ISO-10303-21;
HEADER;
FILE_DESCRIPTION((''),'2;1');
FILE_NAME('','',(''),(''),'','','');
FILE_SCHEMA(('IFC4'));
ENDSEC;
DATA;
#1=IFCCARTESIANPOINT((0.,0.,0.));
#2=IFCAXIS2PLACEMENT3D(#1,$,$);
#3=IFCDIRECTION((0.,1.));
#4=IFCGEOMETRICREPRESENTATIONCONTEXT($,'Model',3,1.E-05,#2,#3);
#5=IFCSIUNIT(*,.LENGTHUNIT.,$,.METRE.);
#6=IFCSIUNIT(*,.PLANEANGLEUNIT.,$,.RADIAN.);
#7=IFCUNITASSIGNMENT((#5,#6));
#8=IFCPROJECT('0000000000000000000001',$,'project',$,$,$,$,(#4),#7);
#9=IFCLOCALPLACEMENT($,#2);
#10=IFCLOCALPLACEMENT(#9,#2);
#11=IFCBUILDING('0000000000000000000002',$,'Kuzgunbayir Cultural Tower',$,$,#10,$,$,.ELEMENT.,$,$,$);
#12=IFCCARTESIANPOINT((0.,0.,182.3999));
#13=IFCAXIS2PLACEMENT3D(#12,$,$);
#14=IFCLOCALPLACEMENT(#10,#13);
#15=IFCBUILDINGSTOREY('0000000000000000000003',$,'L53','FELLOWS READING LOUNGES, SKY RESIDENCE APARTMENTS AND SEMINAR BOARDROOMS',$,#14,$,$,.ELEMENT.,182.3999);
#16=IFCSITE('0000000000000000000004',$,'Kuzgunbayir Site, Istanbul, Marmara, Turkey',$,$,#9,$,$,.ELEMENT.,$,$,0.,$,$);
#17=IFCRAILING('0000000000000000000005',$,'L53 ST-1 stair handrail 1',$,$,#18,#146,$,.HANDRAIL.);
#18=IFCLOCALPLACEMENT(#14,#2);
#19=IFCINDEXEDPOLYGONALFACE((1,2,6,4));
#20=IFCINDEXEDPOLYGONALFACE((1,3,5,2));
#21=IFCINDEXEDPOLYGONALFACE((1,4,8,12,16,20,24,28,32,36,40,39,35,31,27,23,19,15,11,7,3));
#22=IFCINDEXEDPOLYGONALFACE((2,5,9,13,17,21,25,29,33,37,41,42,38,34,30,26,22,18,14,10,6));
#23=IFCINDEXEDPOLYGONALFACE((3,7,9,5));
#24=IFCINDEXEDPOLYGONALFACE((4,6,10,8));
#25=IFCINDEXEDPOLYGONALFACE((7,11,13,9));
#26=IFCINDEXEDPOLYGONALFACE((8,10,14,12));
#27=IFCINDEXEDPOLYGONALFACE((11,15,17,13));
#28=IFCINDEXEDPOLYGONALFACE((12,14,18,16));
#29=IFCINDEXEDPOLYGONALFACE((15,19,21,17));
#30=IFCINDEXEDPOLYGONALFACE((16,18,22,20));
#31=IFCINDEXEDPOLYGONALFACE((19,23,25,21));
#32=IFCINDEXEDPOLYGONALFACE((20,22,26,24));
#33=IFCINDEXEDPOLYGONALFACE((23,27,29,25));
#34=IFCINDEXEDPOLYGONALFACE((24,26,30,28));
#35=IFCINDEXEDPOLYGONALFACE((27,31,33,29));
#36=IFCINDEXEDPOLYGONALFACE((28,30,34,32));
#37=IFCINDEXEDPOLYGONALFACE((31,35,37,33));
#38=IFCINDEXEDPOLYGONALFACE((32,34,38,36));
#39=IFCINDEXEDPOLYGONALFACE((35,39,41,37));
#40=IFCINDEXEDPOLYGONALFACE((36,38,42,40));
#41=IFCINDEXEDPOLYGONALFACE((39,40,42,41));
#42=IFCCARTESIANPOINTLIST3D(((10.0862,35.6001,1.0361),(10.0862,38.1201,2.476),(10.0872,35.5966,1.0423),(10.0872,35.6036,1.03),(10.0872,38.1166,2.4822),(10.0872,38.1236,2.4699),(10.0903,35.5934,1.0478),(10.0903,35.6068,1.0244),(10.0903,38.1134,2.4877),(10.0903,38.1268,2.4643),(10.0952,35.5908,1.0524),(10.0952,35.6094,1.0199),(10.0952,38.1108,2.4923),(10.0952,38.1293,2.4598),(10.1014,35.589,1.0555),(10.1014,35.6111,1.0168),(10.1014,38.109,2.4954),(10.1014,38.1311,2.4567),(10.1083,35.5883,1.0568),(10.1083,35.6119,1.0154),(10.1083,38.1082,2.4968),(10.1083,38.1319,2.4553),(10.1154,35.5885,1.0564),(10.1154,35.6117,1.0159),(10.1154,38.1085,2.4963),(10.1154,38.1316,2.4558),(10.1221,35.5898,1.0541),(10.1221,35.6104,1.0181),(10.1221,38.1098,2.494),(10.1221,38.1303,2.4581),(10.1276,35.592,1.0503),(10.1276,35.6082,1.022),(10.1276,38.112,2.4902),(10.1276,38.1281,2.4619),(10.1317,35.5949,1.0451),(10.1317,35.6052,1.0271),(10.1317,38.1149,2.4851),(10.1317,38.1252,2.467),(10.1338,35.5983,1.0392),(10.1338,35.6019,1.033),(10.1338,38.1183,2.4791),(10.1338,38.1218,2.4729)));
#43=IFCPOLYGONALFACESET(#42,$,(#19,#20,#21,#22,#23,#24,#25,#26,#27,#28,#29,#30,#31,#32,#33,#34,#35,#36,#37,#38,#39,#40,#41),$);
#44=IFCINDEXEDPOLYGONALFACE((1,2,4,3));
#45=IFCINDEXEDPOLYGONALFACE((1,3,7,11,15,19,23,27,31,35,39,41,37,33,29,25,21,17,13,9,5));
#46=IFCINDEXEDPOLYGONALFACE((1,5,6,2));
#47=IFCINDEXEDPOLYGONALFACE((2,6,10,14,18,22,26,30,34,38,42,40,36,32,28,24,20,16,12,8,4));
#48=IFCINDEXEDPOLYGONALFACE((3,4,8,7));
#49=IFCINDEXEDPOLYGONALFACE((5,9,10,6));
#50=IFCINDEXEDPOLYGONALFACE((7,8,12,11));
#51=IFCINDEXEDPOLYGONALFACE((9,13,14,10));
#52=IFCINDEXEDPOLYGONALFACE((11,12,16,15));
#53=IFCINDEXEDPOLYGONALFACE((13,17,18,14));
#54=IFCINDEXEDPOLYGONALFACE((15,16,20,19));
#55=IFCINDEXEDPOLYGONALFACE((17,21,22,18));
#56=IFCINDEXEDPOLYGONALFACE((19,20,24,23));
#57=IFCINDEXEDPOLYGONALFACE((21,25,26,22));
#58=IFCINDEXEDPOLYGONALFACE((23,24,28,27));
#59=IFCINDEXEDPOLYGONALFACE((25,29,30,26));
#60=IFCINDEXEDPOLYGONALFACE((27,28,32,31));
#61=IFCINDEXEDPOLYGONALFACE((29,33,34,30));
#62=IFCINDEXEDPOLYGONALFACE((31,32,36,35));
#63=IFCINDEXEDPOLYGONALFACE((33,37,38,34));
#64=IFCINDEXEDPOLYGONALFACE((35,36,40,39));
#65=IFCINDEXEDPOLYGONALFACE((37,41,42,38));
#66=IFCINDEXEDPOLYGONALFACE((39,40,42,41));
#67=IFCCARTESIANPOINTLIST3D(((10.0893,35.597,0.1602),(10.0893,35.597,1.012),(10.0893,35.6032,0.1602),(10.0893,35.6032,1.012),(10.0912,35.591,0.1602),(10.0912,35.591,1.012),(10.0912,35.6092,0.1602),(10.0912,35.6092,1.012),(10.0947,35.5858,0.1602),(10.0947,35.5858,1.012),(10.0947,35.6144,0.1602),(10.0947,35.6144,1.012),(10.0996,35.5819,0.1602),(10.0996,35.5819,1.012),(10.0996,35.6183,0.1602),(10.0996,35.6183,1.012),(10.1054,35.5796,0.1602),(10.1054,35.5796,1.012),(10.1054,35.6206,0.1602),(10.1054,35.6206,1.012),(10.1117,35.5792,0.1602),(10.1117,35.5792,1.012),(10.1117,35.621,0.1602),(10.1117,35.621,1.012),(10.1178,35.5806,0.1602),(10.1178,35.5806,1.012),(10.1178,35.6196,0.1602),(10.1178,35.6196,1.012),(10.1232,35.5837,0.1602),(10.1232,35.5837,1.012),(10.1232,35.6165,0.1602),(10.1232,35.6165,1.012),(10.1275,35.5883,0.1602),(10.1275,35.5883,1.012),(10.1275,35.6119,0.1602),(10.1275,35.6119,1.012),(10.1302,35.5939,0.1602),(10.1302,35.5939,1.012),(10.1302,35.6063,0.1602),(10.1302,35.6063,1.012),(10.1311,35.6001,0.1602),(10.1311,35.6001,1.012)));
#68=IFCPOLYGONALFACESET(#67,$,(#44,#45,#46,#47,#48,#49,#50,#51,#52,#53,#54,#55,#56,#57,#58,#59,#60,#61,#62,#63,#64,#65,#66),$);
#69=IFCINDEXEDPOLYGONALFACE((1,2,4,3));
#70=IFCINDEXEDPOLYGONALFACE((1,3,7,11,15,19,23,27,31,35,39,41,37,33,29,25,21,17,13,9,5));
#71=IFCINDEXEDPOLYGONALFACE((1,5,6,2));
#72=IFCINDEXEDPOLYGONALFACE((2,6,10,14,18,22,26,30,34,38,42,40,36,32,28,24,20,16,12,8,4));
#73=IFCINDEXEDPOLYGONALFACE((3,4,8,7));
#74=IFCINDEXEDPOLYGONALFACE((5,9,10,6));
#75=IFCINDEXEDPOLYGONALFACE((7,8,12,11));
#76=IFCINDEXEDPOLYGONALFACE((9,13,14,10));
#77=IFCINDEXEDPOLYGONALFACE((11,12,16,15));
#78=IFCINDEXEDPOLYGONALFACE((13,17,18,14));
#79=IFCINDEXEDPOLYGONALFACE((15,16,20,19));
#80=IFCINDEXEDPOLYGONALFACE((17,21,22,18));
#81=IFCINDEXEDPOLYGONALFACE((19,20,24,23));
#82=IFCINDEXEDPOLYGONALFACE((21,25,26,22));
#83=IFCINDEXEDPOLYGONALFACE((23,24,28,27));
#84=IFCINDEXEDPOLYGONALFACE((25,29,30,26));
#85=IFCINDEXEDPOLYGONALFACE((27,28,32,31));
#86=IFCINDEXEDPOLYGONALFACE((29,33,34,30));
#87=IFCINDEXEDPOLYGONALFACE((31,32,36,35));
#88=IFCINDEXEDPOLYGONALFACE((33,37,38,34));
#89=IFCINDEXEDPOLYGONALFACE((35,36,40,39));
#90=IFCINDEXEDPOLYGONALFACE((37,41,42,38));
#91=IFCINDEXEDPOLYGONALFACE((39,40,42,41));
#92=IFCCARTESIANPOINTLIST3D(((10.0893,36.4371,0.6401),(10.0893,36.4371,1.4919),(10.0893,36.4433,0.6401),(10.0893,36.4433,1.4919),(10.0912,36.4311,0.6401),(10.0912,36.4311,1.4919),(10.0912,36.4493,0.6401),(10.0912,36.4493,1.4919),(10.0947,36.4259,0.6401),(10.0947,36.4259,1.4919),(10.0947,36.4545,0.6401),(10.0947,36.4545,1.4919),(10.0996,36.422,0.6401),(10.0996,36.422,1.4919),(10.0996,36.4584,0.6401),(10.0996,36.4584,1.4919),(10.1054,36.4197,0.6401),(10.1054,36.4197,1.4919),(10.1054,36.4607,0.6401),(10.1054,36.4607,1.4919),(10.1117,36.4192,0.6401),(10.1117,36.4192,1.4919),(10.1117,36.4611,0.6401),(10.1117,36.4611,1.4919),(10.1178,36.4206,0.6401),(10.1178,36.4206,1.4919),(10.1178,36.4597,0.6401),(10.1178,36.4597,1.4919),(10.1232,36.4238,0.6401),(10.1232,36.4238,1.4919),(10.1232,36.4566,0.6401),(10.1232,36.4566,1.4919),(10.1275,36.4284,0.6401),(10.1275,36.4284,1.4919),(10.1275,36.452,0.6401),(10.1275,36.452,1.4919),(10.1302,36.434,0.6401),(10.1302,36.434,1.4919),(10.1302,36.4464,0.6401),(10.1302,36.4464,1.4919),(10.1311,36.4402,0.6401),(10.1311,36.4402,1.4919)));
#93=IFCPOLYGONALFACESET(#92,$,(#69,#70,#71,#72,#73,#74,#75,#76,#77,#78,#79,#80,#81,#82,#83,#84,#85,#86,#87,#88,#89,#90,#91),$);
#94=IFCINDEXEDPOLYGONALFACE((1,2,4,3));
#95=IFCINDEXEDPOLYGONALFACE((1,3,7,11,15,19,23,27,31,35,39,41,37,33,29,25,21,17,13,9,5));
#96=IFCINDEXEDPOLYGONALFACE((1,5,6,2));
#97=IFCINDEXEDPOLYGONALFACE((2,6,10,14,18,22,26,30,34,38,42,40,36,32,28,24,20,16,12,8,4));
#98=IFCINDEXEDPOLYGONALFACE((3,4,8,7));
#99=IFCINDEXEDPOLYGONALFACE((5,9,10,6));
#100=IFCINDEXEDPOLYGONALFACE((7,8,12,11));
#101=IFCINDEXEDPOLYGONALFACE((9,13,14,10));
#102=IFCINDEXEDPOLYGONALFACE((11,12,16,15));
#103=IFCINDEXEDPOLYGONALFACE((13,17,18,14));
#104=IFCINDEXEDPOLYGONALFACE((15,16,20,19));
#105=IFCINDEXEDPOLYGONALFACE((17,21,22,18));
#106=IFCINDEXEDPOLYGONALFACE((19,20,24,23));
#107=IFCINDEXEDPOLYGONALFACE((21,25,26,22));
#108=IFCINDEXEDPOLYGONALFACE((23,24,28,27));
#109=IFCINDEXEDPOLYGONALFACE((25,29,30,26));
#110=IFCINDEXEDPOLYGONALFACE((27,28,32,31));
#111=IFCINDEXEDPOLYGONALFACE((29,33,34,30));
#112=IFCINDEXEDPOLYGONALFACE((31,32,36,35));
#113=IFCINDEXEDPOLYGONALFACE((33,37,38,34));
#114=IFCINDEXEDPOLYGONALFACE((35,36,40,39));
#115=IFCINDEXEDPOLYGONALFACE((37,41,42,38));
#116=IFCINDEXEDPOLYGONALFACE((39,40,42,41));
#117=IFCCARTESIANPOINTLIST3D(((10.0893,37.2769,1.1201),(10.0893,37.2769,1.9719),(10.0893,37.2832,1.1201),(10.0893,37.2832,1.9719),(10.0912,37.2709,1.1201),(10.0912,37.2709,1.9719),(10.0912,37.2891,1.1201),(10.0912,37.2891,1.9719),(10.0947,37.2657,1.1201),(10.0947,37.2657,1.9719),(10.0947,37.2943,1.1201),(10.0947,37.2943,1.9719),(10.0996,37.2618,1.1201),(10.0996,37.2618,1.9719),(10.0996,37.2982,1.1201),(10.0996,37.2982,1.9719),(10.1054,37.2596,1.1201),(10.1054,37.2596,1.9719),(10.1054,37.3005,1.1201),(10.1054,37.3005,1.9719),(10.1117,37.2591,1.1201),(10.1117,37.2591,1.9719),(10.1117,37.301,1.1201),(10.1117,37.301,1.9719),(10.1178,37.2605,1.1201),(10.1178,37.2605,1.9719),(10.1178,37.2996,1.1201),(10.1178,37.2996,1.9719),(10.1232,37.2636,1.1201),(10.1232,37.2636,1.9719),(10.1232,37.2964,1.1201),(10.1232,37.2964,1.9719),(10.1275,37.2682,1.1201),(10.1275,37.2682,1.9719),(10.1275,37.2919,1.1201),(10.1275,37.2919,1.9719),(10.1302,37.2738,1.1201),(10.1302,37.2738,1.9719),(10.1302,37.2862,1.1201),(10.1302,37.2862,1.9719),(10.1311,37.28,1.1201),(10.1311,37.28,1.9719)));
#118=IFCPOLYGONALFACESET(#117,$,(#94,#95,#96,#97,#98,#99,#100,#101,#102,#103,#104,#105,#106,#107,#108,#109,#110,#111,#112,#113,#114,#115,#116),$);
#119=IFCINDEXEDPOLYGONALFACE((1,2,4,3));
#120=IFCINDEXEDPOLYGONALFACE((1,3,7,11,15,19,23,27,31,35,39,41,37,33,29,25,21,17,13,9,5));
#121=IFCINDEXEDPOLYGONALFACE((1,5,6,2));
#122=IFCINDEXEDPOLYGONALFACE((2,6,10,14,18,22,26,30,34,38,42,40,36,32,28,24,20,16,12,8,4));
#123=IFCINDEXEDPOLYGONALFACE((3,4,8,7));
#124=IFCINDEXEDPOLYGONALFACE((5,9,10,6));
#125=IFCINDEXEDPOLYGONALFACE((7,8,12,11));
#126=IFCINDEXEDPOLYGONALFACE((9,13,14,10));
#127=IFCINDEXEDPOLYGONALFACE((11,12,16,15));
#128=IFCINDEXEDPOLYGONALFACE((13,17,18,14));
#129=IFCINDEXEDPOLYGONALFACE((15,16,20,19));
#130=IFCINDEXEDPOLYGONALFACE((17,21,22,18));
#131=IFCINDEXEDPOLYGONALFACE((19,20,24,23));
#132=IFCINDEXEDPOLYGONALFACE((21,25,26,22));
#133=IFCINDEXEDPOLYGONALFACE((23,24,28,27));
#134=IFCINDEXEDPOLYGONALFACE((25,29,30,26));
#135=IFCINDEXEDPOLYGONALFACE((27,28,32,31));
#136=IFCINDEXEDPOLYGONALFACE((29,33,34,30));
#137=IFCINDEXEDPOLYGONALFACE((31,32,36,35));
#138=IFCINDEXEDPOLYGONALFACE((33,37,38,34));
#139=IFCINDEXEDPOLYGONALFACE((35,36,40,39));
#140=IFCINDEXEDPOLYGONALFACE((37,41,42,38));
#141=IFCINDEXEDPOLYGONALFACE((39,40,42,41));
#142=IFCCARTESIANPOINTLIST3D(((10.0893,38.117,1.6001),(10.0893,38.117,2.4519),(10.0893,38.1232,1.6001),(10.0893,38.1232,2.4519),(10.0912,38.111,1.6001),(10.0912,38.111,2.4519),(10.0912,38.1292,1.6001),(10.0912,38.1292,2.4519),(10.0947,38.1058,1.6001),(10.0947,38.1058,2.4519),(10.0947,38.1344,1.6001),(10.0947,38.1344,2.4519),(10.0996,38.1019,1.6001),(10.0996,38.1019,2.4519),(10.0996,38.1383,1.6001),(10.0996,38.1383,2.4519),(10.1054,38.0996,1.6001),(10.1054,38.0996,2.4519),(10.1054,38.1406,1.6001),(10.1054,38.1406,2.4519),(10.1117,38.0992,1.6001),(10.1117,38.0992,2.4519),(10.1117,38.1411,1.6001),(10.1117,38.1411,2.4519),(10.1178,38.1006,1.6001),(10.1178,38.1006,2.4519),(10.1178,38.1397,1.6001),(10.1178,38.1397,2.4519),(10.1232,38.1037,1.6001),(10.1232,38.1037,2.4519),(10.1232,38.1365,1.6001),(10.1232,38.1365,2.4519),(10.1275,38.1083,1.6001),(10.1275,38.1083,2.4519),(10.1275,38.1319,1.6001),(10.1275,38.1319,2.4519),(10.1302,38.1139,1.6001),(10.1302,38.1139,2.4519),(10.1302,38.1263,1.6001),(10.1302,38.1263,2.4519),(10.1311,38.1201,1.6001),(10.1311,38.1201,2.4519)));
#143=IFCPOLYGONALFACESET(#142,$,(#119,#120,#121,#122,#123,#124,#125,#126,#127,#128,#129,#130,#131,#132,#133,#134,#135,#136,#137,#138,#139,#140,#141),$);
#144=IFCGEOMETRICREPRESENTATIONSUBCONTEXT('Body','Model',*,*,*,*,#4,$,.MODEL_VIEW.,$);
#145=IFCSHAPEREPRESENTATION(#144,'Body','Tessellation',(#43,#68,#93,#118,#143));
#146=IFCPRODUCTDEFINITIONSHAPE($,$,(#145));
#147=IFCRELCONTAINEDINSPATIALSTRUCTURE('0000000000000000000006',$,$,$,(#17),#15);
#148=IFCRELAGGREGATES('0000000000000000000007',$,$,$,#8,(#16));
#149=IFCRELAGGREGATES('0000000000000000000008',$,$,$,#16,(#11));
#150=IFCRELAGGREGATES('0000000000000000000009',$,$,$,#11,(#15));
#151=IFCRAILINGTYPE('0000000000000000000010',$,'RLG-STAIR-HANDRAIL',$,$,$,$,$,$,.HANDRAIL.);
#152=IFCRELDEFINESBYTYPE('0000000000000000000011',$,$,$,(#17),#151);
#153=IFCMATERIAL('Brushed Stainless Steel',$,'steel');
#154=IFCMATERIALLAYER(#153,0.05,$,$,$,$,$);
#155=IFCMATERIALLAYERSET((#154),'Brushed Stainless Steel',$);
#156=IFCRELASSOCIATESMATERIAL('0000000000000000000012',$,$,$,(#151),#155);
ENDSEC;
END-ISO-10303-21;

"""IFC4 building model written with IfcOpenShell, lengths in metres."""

from ifc_helpers import new_model, si_unit, direction, frame, origin, origin_2d, place, context, subcontext, project, spatial, circle, extrude, material, layer, layer_set, type_object, element, save


model = new_model("IFC4")

# Units and contexts
model_context = context("Model", 3, precision=1e-05, world=origin(), true_north=direction((0.0, 1.0)))
body_context = subcontext(model_context, "Body", "Model", "MODEL_VIEW")
ifc_project = project(units=[si_unit("LENGTHUNIT", "METRE"), si_unit("PLANEANGLEUNIT", "RADIAN")], contexts=[model_context])

# Site, building, storey
site_placement = place(None, origin())
site = spatial("IfcSite", under=ifc_project, at=site_placement, Name="Kuzgunbayir Site, Istanbul, Marmara, Turkey", CompositionType="ELEMENT", RefElevation=0.0)
building_placement = place(site_placement, origin())
building = spatial("IfcBuilding", under=site, at=building_placement, Name="Kuzgunbayir Cultural Tower", CompositionType="ELEMENT")
storey_placement = place(building_placement, frame((0.0, 0.0, 182.3999)))
storey = spatial("IfcBuildingStorey", under=building, at=storey_placement, Name="L53", Description="FELLOWS READING LOUNGES, SKY RESIDENCE APARTMENTS AND SEMINAR BOARDROOMS", CompositionType="ELEMENT", Elevation=182.3999)

# Shared definitions
ifc_material_1 = material(Name="Brushed Stainless Steel", Category="steel")

# Railing
ifc_layer_1 = layer(ifc_material_1, 0.05)
ifc_layer_set_1 = layer_set([ifc_layer_1], Name="Brushed Stainless Steel")
railing_type = type_object("IfcRailingType", Name="RLG-STAIR-HANDRAIL", PredefinedType="HANDRAIL", material=ifc_layer_set_1)
railing_placement = place(storey_placement, frame((10.1101, 35.6001, 0.1602)))
element("IfcRailing", 1, at=railing_placement, inside=storey, type_object=railing_type, Name="L53 ST-1 stair handrail 1", PredefinedType="HANDRAIL", context=body_context, shape_type="SweptSolid", body=[
    extrude(circle(Radius=0.0239, at=origin_2d()), frame((0.0, 0.0, 0.876), z_axis=(0.0, 0.868253, 0.496121), x_axis=(-1.0, 0.0, 0.0)), (0.0, 0.0, 1.0), 2.9023),
    extrude(circle(Radius=0.021, at=origin_2d()), origin(), (0.0, 0.0, 1.0), 0.8518),
    extrude(circle(Radius=0.021, at=origin_2d()), frame((0.0, 0.8401, 0.48)), (0.0, 0.0, 1.0), 0.8518),
    extrude(circle(Radius=0.021, at=origin_2d()), frame((0.0, 1.6799, 0.96)), (0.0, 0.0, 1.0), 0.8518),
    extrude(circle(Radius=0.021, at=origin_2d()), frame((0.0, 2.52, 1.4399)), (0.0, 0.0, 1.0), 0.8518),
])

save(model, "model.ifc")
